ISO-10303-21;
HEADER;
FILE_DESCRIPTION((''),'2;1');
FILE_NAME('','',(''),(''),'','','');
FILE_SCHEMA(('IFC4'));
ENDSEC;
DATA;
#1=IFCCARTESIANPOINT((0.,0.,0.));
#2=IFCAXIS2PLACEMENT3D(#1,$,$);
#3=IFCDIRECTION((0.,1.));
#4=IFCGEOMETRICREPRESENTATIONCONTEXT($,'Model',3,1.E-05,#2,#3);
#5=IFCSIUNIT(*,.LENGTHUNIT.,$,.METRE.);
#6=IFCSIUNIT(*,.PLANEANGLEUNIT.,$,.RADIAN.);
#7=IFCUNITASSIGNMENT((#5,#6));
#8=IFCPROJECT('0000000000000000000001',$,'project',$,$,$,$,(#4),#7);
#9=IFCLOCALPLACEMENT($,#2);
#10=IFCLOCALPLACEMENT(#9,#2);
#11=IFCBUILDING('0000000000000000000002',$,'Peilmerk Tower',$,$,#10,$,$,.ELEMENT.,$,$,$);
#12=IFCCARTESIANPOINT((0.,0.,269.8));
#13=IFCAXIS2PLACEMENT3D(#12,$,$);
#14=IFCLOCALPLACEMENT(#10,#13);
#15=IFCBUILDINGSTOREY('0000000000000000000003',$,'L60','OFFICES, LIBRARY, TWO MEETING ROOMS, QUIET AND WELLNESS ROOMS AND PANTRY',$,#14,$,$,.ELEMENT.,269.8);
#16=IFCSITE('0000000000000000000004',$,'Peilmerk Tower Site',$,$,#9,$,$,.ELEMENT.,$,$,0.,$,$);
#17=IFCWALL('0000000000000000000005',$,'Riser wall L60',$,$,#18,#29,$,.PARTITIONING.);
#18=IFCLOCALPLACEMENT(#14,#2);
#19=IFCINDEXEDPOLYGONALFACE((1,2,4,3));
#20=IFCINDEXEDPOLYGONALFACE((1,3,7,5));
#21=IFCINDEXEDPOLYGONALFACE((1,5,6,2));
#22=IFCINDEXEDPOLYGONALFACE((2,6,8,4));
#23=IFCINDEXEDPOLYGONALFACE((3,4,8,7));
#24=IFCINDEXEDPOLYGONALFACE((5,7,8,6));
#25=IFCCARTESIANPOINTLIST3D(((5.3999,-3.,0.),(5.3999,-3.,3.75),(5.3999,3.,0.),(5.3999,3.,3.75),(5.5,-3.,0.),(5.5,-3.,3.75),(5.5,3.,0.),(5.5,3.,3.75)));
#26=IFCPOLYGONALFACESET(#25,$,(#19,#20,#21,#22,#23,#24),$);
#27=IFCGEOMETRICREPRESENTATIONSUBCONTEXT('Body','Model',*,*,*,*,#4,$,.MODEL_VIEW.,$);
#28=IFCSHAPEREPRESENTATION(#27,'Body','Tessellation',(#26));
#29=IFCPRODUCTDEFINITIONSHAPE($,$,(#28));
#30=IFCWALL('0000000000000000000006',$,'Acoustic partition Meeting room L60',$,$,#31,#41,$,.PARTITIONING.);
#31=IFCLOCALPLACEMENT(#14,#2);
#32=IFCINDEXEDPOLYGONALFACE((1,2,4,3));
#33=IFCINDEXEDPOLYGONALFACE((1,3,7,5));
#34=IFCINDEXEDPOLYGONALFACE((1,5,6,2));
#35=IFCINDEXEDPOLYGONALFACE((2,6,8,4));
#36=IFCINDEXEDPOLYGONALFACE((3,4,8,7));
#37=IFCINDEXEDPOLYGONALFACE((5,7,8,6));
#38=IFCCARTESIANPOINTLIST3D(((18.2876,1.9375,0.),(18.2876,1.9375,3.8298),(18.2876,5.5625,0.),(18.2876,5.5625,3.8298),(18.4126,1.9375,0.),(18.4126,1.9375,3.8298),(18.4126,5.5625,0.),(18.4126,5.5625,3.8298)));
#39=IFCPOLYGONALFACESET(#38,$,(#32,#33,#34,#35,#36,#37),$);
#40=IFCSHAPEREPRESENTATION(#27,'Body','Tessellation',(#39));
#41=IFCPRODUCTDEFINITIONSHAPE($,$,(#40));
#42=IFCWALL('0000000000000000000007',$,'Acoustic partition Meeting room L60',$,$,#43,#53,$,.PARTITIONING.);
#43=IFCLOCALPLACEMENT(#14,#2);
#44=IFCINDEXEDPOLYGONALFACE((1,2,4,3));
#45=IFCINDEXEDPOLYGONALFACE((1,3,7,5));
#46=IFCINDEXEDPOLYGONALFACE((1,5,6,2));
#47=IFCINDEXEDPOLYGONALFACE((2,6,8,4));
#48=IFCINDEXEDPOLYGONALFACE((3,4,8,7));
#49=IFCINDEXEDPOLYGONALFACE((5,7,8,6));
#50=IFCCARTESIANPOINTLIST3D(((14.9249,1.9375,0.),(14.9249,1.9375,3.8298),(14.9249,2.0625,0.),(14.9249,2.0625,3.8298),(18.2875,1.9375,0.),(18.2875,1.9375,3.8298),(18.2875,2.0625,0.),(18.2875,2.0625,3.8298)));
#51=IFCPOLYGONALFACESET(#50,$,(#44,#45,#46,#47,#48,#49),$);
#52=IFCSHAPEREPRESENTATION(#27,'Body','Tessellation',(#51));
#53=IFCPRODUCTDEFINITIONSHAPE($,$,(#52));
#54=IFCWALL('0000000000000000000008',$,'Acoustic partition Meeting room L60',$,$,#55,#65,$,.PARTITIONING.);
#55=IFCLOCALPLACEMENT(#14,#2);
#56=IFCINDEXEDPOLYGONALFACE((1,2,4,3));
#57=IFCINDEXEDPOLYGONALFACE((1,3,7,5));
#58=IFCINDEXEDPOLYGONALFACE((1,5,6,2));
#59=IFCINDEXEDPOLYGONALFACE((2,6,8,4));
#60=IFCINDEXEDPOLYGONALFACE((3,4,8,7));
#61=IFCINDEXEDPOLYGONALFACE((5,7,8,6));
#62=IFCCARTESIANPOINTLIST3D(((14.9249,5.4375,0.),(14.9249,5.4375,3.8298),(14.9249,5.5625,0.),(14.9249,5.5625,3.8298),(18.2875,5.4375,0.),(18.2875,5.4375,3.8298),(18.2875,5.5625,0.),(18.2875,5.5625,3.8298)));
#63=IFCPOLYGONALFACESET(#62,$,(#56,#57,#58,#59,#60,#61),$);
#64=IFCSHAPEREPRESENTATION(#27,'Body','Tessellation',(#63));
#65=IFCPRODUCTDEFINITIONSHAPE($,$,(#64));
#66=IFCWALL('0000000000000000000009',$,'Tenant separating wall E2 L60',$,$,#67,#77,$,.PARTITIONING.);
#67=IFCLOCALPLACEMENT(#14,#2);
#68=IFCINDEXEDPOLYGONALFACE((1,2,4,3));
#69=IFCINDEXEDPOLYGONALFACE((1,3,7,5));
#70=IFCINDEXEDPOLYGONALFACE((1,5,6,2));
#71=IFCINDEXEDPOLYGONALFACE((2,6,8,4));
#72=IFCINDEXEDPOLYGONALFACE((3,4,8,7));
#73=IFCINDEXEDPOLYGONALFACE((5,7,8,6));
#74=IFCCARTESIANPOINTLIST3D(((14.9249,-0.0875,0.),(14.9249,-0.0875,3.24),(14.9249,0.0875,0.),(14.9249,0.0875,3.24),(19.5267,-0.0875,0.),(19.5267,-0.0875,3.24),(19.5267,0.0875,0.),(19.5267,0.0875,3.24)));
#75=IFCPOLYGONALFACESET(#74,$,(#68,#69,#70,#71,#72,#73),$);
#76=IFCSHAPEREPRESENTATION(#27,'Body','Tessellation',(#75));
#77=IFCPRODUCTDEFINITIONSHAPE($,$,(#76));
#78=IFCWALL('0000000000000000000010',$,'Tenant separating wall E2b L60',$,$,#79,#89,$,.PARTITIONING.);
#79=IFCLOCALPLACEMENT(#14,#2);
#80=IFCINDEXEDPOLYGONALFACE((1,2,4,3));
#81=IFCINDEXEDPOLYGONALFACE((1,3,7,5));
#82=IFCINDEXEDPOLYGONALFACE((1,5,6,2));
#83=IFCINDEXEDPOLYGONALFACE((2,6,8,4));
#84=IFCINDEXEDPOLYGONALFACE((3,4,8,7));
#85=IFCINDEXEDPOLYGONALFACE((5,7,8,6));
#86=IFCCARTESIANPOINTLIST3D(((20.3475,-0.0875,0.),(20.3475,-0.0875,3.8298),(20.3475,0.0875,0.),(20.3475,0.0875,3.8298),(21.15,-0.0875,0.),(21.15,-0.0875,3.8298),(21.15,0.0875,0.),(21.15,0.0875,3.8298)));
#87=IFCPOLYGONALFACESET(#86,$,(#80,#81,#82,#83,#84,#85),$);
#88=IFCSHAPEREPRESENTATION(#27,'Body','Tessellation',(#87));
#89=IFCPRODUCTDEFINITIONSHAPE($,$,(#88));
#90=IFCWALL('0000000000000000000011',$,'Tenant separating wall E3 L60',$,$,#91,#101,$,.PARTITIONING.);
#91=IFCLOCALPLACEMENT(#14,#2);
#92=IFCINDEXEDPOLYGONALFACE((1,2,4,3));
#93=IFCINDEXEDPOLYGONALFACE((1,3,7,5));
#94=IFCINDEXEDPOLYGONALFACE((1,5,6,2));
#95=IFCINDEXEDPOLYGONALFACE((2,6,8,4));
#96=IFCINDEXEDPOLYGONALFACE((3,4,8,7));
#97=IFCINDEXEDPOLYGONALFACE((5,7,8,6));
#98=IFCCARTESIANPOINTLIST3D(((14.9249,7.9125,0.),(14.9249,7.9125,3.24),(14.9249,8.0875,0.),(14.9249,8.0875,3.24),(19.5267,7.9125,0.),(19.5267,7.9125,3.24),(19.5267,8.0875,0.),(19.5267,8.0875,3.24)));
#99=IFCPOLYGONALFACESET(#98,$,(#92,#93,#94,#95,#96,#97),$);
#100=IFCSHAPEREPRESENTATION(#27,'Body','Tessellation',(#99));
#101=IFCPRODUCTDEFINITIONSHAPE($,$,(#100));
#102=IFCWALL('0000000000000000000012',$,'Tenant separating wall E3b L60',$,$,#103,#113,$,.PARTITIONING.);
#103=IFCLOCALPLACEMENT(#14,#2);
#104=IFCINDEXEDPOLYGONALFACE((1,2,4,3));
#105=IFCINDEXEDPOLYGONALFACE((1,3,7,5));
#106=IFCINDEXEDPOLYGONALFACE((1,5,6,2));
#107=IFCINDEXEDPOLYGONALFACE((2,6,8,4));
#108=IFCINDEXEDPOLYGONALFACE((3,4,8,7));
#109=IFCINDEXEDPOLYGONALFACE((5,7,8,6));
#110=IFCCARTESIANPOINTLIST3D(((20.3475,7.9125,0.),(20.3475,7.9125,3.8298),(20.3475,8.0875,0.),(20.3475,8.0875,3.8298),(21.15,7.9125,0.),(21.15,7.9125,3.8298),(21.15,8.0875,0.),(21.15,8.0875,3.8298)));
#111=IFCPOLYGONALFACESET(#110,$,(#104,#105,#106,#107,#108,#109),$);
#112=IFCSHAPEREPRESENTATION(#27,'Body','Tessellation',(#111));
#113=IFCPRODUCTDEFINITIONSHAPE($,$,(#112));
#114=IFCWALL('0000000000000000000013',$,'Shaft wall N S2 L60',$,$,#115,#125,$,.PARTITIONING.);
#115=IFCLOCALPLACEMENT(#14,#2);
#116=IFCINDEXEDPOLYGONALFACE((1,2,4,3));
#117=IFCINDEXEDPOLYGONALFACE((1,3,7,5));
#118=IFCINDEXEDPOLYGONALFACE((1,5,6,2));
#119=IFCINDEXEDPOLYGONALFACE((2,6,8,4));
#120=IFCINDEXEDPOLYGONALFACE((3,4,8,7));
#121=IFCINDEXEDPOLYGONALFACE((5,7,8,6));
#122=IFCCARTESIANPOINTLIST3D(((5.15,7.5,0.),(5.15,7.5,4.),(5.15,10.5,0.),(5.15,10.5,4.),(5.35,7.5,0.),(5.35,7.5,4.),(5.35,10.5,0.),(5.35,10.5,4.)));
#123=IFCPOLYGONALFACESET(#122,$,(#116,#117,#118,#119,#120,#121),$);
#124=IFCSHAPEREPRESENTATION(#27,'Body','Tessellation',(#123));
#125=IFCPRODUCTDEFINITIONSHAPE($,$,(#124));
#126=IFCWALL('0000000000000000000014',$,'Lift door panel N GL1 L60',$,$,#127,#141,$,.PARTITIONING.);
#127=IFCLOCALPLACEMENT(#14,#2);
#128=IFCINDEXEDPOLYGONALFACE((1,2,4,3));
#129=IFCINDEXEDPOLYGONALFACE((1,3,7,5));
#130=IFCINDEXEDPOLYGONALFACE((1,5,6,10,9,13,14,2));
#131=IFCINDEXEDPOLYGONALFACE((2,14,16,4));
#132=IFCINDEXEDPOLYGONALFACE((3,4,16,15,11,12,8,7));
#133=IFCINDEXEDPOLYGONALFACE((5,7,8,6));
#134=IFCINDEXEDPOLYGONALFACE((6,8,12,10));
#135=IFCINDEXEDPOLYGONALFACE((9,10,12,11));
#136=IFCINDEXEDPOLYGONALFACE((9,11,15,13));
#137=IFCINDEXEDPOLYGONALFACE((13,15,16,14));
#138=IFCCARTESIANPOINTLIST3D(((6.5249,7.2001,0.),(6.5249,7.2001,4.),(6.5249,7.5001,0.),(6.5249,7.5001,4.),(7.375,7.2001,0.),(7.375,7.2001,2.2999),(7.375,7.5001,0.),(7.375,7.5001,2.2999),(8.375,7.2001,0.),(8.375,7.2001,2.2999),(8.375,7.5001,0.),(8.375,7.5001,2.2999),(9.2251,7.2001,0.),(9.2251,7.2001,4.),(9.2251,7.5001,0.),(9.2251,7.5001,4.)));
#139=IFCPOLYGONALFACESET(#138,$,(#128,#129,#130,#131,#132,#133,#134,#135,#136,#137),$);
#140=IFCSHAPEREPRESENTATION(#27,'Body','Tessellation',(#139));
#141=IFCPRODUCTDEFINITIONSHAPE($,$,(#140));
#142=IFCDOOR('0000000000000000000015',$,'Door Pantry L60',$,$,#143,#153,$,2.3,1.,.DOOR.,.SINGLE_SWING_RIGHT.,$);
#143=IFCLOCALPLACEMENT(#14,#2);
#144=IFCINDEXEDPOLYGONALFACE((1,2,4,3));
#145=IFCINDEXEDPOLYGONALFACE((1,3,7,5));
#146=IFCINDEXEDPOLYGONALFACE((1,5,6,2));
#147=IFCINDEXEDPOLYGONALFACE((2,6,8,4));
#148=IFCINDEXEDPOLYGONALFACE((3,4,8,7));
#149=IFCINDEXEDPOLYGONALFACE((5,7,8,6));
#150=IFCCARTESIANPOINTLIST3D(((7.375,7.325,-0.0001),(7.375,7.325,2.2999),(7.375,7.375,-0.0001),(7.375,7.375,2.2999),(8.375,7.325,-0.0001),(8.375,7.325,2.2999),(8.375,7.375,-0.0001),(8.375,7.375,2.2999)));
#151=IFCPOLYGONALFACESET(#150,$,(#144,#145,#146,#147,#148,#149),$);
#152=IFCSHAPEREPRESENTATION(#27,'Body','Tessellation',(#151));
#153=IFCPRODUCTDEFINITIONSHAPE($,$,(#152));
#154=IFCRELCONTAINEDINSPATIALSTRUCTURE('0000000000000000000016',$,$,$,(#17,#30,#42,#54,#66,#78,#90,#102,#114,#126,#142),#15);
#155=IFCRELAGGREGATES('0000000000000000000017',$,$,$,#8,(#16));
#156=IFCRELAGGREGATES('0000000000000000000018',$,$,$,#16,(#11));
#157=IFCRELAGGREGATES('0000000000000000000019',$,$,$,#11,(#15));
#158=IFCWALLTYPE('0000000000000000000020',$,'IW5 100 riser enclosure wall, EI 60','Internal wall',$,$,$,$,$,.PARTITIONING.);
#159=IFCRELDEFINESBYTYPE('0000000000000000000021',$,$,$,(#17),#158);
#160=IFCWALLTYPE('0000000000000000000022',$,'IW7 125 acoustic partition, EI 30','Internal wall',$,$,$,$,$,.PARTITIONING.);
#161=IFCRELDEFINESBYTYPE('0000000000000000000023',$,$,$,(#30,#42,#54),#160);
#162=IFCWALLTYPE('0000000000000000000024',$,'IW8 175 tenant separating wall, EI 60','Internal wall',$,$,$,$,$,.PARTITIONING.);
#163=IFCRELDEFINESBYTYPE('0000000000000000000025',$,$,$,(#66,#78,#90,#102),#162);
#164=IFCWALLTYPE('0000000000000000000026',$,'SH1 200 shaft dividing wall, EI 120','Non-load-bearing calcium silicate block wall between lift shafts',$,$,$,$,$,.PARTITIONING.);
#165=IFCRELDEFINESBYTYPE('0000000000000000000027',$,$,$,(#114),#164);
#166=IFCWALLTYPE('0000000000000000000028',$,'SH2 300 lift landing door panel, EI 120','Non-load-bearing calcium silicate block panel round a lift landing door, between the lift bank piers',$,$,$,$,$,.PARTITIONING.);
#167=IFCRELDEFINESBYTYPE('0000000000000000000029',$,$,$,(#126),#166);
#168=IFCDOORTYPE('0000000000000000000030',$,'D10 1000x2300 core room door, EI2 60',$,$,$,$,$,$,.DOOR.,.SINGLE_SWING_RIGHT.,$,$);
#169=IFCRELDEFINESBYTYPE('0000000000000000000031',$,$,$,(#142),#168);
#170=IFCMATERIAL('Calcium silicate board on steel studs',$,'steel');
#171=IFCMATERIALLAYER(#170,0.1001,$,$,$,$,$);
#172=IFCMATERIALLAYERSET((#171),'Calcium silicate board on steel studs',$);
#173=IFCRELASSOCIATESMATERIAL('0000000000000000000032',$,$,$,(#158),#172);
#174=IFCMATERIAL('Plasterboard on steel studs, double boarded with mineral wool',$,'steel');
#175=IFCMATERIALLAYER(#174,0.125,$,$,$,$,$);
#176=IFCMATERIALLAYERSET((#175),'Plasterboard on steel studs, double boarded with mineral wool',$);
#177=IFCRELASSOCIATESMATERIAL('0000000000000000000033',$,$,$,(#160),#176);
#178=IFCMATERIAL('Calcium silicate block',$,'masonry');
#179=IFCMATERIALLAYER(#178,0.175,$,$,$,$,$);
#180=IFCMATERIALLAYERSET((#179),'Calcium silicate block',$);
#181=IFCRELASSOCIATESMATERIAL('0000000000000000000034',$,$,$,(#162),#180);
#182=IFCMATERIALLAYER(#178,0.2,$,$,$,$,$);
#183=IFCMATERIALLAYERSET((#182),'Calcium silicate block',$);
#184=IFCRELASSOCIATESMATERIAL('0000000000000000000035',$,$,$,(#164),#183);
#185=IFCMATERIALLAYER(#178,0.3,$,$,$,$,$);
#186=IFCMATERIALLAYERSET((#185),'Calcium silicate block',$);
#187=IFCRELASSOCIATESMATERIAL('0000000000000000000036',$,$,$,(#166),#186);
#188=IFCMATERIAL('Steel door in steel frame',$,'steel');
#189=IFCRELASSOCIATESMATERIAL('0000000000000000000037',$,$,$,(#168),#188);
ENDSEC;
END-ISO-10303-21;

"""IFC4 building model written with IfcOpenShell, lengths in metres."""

from ifc_helpers import new_model, si_unit, direction, frame, frame_2d, origin, place, context, subcontext, project, spatial, rectangle, extrude, material, layer, layer_set, type_object, element, fill, save


model = new_model("IFC4")

# Units and contexts
model_context = context("Model", 3, precision=1e-05, world=origin(), true_north=direction((0.0, 1.0)))
body_context = subcontext(model_context, "Body", "Model", "MODEL_VIEW")
ifc_project = project(units=[si_unit("LENGTHUNIT", "METRE"), si_unit("PLANEANGLEUNIT", "RADIAN")], contexts=[model_context])

# Site, building, storey
site_placement = place(None, origin())
site = spatial("IfcSite", under=ifc_project, at=site_placement, Name="Peilmerk Tower Site", CompositionType="ELEMENT", RefElevation=0.0)
building_placement = place(site_placement, origin())
building = spatial("IfcBuilding", under=site, at=building_placement, Name="Peilmerk Tower", CompositionType="ELEMENT")
storey_placement = place(building_placement, frame((0.0, 0.0, 269.8)))
storey = spatial("IfcBuildingStorey", under=building, at=storey_placement, Name="L60", Description="OFFICES, LIBRARY, TWO MEETING ROOMS, QUIET AND WELLNESS ROOMS AND PANTRY", CompositionType="ELEMENT", Elevation=269.8)

# Walls
ifc_material_1 = material(Name="Calcium silicate board on steel studs", Category="steel")
ifc_layer_1 = layer(ifc_material_1, 0.1001)
ifc_layer_set_1 = layer_set([ifc_layer_1], Name="Calcium silicate board on steel studs")
wall_type_1 = type_object("IfcWallType", Name="IW5 100 riser enclosure wall, EI 60", Description="Internal wall", PredefinedType="PARTITIONING", material=ifc_layer_set_1)
wall_1_placement = place(storey_placement, frame((5.45, 3.0, 0.0), z_axis=(0.0, 0.0, 1.0), x_axis=(0.0, -1.0, 0.0)))
element("IfcWall", 1, at=wall_1_placement, inside=storey, type_object=wall_type_1, Name="Riser wall L60", PredefinedType="PARTITIONING", context=body_context, shape_type="SweptSolid", body=[
    extrude(rectangle(XDim=6.0, YDim=0.1001, at=frame_2d((3.0, 0.0))), origin(), (0.0, 0.0, 1.0), 3.75),
])
ifc_material_2 = material(Name="Plasterboard on steel studs, double boarded with mineral wool", Category="steel")
ifc_layer_2 = layer(ifc_material_2, 0.125)
ifc_layer_set_2 = layer_set([ifc_layer_2], Name="Plasterboard on steel studs, double boarded with mineral wool")
wall_type_2 = type_object("IfcWallType", Name="IW7 125 acoustic partition, EI 30", Description="Internal wall", PredefinedType="PARTITIONING", material=ifc_layer_set_2)
wall_2_placement = place(storey_placement, frame((18.3501, 1.9375, 0.0), z_axis=(0.0, 0.0, 1.0), x_axis=(0.0, 1.0, 0.0)))
element("IfcWall", 2, at=wall_2_placement, inside=storey, type_object=wall_type_2, Name="Acoustic partition Meeting room L60", PredefinedType="PARTITIONING", context=body_context, shape_type="SweptSolid", body=[
    extrude(rectangle(XDim=3.625, YDim=0.125, at=frame_2d((1.8125, 0.0))), origin(), (0.0, 0.0, 1.0), 3.8298),
])
for number, where, z_axis, x_axis, name in (
    (3, (14.925, 2.0, 0.0), (0.0, 0.0, 1.0), (1.0, 0.0, 0.0), "Acoustic partition Meeting room L60"),
    (4, (14.925, 5.5, 0.0), (0.0, 0.0, 1.0), (1.0, 0.0, 0.0), "Acoustic partition Meeting room L60"),
):
    element("IfcWall", number, at=place(storey_placement, frame(where, z_axis=z_axis, x_axis=x_axis)), inside=storey, type_object=wall_type_2, Name=name, PredefinedType="PARTITIONING", context=body_context, shape_type="SweptSolid", body=[
        extrude(rectangle(XDim=3.3625, YDim=0.125, at=frame_2d((1.6812, 0.0))), origin(), (0.0, 0.0, 1.0), 3.8298),
    ])
ifc_material_3 = material(Name="Calcium silicate block", Category="masonry")
ifc_layer_3 = layer(ifc_material_3, 0.175)
ifc_layer_set_3 = layer_set([ifc_layer_3], Name="Calcium silicate block")
wall_type_3 = type_object("IfcWallType", Name="IW8 175 tenant separating wall, EI 60", Description="Internal wall", PredefinedType="PARTITIONING", material=ifc_layer_set_3)
wall_3_placement = place(storey_placement, frame((14.925, 0.0, 0.0), z_axis=(0.0, 0.0, 1.0), x_axis=(1.0, 0.0, 0.0)))
element("IfcWall", 5, at=wall_3_placement, inside=storey, type_object=wall_type_3, Name="Tenant separating wall E2 L60", PredefinedType="PARTITIONING", context=body_context, shape_type="SweptSolid", body=[
    extrude(rectangle(XDim=4.6018, YDim=0.175, at=frame_2d((2.3008, 0.0))), origin(), (0.0, 0.0, 1.0), 3.24),
])
wall_4_placement = place(storey_placement, frame((20.3474, 0.0, 0.0), z_axis=(0.0, 0.0, 1.0), x_axis=(1.0, 0.0, 0.0)))
element("IfcWall", 6, at=wall_4_placement, inside=storey, type_object=wall_type_3, Name="Tenant separating wall E2b L60", PredefinedType="PARTITIONING", context=body_context, shape_type="SweptSolid", body=[
    extrude(rectangle(XDim=0.8025, YDim=0.175, at=frame_2d((0.4014, 0.0))), origin(), (0.0, 0.0, 1.0), 3.8298),
])
wall_5_placement = place(storey_placement, frame((14.925, 8.0, 0.0), z_axis=(0.0, 0.0, 1.0), x_axis=(1.0, 0.0, 0.0)))
element("IfcWall", 7, at=wall_5_placement, inside=storey, type_object=wall_type_3, Name="Tenant separating wall E3 L60", PredefinedType="PARTITIONING", context=body_context, shape_type="SweptSolid", body=[
    extrude(rectangle(XDim=4.6018, YDim=0.175, at=frame_2d((2.3008, 0.0))), origin(), (0.0, 0.0, 1.0), 3.24),
])
wall_6_placement = place(storey_placement, frame((20.3474, 8.0, 0.0), z_axis=(0.0, 0.0, 1.0), x_axis=(1.0, 0.0, 0.0)))
element("IfcWall", 8, at=wall_6_placement, inside=storey, type_object=wall_type_3, Name="Tenant separating wall E3b L60", PredefinedType="PARTITIONING", context=body_context, shape_type="SweptSolid", body=[
    extrude(rectangle(XDim=0.8025, YDim=0.175, at=frame_2d((0.4014, 0.0))), origin(), (0.0, 0.0, 1.0), 3.8298),
])
ifc_layer_4 = layer(ifc_material_3, 0.2)
ifc_layer_set_4 = layer_set([ifc_layer_4], Name="Calcium silicate block")
wall_type_4 = type_object("IfcWallType", Name="SH1 200 shaft dividing wall, EI 120", Description="Non-load-bearing calcium silicate block wall between lift shafts", PredefinedType="PARTITIONING", material=ifc_layer_set_4)
wall_7_placement = place(storey_placement, frame((5.25, 7.5, 0.0), z_axis=(0.0, 0.0, 1.0), x_axis=(0.0, 1.0, 0.0)))
element("IfcWall", 9, at=wall_7_placement, inside=storey, type_object=wall_type_4, Name="Shaft wall N S2 L60", PredefinedType="PARTITIONING", context=body_context, shape_type="SweptSolid", body=[
    extrude(rectangle(XDim=3.0, YDim=0.2, at=frame_2d((1.5, 0.0))), origin(), (0.0, 0.0, 1.0), 4.0),
])

# Wall, opening, door
ifc_layer_5 = layer(ifc_material_3, 0.3)
ifc_layer_set_5 = layer_set([ifc_layer_5], Name="Calcium silicate block")
wall_type_5 = type_object("IfcWallType", Name="SH2 300 lift landing door panel, EI 120", Description="Non-load-bearing calcium silicate block panel round a lift landing door, between the lift bank piers", PredefinedType="PARTITIONING", material=ifc_layer_set_5)
wall_8_placement = place(storey_placement, frame((6.5249, 7.3501, 0.0), z_axis=(0.0, 0.0, 1.0), x_axis=(1.0, 0.0, 0.0)))
wall_8 = element("IfcWall", 10, at=wall_8_placement, inside=storey, type_object=wall_type_5, Name="Lift door panel N GL1 L60", PredefinedType="PARTITIONING", context=body_context, shape_type="SweptSolid", body=[
    extrude(rectangle(XDim=2.7002, YDim=0.3, at=frame_2d((1.3501, 0.0))), origin(), (0.0, 0.0, 1.0), 4.0),
])
opening_1_placement = place(wall_8_placement, frame((0.8501, 0.0, 0.0)))
opening_1 = element("IfcOpeningElement", 11, at=opening_1_placement, cuts=wall_8, PredefinedType="OPENING", context=body_context, shape_type="SweptSolid", body=[
    extrude(rectangle(XDim=1.0, YDim=2.3, at=frame_2d((0.5, 1.1499))), frame((0.0, 0.1599, 0.0), z_axis=(0.0, -1.0, 0.0), x_axis=(1.0, 0.0, 0.0)), (0.0, 0.0, 1.0), 0.3201),
])
ifc_material_4 = material(Name="Steel door in steel frame", Category="steel")
door_type_1 = type_object("IfcDoorType", Name="D10 1000x2300 core room door, EI2 60", OperationType="SINGLE_SWING_RIGHT", PredefinedType="DOOR", material=ifc_material_4)
door_1_placement = place(opening_1_placement, origin())
door_1 = element("IfcDoor", 12, at=door_1_placement, inside=storey, type_object=door_type_1, Name="Door Pantry L60", OperationType="SINGLE_SWING_RIGHT", OverallHeight=2.3, OverallWidth=1.0, PredefinedType="DOOR", context=body_context, shape_type="SweptSolid", body=[
    extrude(rectangle(XDim=1.0, YDim=2.3, at=frame_2d((0.5, 1.1499))), frame((0.0, 0.0249, 0.0), z_axis=(0.0, -1.0, 0.0), x_axis=(1.0, 0.0, 0.0)), (0.0, 0.0, 1.0), 0.05),
])
fill(opening_1, door_1)

save(model, "model.ifc")
